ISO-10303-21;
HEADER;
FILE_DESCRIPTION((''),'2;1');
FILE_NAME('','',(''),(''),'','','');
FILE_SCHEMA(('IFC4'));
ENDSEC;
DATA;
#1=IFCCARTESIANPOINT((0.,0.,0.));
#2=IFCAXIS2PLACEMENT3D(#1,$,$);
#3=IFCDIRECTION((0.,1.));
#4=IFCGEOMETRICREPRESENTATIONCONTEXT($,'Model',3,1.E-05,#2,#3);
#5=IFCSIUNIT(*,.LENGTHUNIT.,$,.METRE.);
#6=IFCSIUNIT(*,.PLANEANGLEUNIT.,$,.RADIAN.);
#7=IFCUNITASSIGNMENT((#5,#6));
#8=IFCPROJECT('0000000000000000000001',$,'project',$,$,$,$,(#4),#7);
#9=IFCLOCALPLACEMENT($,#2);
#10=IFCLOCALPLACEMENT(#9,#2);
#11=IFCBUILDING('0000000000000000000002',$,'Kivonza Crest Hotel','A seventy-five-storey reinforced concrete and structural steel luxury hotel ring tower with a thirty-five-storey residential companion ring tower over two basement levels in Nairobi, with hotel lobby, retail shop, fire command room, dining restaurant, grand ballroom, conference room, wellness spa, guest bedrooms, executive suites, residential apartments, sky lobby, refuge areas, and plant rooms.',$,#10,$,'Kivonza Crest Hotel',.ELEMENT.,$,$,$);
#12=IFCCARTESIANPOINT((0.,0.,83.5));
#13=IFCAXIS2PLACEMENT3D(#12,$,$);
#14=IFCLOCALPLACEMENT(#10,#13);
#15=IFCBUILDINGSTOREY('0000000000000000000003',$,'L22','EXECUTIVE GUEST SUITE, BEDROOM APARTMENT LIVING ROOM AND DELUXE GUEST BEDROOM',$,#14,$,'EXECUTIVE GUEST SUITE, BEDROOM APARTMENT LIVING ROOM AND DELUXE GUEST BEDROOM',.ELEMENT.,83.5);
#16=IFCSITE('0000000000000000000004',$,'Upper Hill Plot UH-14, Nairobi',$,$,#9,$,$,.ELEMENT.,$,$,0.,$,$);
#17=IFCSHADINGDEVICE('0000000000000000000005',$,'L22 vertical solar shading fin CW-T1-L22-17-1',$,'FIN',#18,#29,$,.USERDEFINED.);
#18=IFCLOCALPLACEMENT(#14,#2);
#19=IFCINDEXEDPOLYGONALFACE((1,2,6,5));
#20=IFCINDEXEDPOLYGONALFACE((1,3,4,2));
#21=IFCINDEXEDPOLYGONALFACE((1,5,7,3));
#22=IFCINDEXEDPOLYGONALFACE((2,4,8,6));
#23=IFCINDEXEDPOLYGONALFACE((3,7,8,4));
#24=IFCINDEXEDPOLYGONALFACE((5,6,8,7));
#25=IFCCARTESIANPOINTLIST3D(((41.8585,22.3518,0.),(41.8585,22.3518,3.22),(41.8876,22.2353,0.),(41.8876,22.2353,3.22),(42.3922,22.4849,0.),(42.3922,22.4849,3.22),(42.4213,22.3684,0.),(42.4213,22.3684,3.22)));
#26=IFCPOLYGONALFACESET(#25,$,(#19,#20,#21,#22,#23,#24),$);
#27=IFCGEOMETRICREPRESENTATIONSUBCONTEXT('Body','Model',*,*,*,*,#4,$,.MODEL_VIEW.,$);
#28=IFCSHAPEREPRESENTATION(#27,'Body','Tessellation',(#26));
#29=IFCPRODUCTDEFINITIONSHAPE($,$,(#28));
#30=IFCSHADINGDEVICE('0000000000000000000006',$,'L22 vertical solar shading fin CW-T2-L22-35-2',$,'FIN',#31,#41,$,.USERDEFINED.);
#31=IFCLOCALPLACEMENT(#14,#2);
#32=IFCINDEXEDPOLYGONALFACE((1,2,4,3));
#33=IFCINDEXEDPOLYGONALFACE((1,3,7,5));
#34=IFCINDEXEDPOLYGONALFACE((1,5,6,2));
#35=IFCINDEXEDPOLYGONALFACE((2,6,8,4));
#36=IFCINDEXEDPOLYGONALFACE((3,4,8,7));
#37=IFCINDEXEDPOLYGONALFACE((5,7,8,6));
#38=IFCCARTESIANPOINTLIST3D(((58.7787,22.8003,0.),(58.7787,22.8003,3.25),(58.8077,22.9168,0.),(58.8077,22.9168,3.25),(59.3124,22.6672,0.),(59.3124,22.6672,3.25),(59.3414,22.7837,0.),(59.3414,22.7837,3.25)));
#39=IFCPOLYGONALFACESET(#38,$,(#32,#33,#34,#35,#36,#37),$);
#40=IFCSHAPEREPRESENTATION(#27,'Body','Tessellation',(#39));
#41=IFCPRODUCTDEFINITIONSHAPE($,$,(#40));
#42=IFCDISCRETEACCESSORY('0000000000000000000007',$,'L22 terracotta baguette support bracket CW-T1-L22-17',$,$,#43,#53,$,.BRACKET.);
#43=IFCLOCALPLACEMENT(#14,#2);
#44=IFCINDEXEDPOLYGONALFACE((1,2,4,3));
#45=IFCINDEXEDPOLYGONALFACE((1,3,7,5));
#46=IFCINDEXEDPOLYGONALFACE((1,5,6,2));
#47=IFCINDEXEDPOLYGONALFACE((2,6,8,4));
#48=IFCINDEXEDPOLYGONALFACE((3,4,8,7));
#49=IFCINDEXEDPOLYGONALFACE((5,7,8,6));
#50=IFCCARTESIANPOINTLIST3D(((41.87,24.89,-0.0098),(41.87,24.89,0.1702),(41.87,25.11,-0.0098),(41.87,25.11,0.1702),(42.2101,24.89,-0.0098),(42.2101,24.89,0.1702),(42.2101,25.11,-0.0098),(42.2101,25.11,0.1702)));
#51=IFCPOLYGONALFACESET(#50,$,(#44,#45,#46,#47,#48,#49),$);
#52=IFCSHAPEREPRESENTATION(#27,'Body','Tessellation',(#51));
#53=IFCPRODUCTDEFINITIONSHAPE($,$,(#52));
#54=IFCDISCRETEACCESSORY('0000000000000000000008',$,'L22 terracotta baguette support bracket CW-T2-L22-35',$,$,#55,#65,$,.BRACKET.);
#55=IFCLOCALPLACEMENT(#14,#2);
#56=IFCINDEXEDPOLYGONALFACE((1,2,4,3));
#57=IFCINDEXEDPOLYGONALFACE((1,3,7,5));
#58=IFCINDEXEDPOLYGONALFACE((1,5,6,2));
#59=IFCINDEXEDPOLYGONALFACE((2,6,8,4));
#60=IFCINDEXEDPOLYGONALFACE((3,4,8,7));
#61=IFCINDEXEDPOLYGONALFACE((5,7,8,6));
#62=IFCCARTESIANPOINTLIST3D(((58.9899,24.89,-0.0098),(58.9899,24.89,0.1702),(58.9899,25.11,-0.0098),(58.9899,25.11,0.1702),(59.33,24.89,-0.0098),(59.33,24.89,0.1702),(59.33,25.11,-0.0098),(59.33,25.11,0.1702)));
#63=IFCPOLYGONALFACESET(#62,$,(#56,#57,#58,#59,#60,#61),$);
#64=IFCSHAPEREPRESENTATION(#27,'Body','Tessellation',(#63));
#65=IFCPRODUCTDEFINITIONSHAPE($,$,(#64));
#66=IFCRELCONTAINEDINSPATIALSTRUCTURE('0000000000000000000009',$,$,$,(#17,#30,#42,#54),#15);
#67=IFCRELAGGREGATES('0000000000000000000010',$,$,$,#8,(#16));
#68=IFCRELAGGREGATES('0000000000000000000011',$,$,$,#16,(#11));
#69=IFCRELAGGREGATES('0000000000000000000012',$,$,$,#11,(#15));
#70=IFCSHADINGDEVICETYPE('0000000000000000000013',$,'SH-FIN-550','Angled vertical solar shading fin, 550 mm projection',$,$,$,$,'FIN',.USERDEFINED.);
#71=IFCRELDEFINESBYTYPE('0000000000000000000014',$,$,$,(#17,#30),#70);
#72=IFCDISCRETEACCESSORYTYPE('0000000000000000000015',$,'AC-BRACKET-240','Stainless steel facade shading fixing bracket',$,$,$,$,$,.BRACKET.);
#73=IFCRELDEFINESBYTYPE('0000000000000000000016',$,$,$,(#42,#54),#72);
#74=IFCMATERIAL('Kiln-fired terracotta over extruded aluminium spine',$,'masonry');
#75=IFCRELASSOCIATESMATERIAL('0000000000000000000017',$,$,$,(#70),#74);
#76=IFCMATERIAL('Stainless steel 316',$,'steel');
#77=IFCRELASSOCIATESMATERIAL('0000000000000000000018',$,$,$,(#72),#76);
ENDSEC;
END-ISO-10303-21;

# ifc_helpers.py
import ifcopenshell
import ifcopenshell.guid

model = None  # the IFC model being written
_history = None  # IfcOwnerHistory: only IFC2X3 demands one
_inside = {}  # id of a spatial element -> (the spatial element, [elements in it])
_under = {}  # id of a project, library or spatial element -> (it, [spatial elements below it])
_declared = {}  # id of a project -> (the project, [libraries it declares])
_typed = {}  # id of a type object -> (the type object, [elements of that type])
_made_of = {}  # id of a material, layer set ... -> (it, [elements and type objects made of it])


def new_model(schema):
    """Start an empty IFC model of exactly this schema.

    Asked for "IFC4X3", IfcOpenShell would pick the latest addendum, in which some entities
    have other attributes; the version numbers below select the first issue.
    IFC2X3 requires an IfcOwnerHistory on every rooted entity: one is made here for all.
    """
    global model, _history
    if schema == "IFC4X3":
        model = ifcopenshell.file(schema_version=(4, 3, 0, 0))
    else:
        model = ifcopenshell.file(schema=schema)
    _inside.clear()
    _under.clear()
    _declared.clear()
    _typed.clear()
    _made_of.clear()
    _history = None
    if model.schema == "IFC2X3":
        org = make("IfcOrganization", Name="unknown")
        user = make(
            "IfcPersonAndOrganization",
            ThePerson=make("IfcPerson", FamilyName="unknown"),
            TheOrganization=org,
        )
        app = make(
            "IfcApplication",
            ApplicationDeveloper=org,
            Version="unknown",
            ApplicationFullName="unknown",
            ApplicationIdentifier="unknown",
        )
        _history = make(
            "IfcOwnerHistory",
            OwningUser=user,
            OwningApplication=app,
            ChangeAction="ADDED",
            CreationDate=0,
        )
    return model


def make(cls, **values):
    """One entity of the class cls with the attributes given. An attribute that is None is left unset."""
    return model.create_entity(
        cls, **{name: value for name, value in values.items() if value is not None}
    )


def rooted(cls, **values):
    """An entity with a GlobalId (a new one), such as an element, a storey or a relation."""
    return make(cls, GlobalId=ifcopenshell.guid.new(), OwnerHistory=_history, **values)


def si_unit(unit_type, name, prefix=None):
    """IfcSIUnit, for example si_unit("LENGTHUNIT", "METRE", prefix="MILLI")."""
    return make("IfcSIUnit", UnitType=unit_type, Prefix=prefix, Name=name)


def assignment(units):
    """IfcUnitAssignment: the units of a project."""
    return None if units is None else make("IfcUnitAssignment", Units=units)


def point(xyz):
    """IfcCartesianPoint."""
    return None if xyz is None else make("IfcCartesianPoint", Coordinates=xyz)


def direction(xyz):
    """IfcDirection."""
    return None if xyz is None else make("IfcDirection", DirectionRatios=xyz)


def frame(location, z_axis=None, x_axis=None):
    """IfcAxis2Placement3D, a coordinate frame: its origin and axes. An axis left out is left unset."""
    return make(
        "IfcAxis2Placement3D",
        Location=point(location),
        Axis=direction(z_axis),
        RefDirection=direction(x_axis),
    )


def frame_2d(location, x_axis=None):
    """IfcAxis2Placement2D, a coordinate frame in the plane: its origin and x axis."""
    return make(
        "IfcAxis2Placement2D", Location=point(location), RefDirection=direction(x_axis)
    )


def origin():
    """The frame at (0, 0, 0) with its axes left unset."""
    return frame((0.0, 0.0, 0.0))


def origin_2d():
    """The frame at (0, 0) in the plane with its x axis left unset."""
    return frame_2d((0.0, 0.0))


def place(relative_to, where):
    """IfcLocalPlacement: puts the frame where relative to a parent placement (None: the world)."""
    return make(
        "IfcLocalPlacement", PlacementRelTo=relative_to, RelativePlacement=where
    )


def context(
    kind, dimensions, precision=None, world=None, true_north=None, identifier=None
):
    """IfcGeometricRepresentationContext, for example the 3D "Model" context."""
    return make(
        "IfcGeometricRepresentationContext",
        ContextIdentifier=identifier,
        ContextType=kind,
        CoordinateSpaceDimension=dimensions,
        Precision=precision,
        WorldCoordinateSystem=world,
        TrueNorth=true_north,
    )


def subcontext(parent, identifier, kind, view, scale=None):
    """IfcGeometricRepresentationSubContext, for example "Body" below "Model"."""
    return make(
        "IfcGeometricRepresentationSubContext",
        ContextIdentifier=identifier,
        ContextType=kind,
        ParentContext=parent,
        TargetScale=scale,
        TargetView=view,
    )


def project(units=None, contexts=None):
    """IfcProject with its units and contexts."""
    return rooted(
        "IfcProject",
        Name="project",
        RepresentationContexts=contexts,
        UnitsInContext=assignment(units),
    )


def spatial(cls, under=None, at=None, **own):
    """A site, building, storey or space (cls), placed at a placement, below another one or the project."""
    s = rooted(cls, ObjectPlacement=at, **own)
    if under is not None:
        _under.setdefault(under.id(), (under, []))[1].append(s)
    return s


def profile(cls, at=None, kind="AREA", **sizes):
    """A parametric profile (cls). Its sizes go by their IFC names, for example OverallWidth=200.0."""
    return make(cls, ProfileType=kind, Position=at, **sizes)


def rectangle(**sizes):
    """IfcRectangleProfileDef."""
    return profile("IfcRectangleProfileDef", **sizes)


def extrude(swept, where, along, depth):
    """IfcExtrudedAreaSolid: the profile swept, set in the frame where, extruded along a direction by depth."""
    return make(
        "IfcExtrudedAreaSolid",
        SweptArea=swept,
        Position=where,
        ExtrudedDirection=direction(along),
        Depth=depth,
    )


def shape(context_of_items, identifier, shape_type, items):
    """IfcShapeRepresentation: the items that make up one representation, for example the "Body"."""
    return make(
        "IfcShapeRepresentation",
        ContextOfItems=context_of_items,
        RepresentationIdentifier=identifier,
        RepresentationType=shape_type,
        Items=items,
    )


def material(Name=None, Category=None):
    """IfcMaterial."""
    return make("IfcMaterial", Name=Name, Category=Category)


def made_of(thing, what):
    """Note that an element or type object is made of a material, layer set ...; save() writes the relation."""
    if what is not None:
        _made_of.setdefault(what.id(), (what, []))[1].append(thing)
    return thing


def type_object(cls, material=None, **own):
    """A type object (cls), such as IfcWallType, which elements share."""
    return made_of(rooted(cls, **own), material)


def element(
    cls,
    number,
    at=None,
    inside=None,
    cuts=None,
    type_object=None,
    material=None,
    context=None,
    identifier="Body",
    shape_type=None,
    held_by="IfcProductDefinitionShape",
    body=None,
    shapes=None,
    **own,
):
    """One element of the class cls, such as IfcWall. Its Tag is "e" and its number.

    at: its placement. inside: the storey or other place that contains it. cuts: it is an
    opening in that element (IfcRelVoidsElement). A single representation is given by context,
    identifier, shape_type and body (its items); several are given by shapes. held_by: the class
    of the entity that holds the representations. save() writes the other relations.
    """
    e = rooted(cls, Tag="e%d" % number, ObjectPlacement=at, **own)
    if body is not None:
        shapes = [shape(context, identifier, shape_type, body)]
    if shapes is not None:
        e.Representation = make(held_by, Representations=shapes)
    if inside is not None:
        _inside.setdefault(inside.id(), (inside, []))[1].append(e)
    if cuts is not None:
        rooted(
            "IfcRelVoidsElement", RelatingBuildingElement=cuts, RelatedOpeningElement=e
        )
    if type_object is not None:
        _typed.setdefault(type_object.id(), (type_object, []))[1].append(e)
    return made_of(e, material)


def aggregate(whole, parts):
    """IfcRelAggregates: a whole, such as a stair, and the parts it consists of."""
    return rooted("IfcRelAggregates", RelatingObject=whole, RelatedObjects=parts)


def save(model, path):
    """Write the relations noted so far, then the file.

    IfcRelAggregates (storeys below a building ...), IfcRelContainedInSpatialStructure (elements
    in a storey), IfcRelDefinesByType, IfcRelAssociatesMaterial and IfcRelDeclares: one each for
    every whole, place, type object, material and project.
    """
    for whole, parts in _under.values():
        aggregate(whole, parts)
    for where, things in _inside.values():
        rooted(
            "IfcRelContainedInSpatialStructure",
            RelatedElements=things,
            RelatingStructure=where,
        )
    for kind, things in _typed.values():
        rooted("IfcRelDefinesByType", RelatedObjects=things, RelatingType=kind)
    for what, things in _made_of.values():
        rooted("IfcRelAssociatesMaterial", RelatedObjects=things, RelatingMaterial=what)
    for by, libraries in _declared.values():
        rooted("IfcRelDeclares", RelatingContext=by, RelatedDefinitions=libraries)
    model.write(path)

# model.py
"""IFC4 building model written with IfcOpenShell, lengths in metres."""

from ifc_helpers import new_model, si_unit, direction, frame, origin, origin_2d, place, context, subcontext, project, spatial, rectangle, extrude, material, type_object, element, save


model = new_model("IFC4")

# Units and contexts
model_context = context("Model", 3, precision=1e-05, world=origin(), true_north=direction((0.0, 1.0)))
body_context = subcontext(model_context, "Body", "Model", "MODEL_VIEW")
ifc_project = project(units=[si_unit("LENGTHUNIT", "METRE"), si_unit("PLANEANGLEUNIT", "RADIAN")], contexts=[model_context])

# Site, building, storey
site_placement = place(None, origin())
site = spatial("IfcSite", under=ifc_project, at=site_placement, Name="Upper Hill Plot UH-14, Nairobi", CompositionType="ELEMENT", RefElevation=0.0)
building_placement = place(site_placement, origin())
building = spatial("IfcBuilding", under=site, at=building_placement, Name="Kivonza Crest Hotel", Description="A seventy-five-storey reinforced concrete and structural steel luxury hotel ring tower with a thirty-five-storey residential companion ring tower over two basement levels in Nairobi, with hotel lobby, retail shop, fire command room, dining restaurant, grand ballroom, conference room, wellness spa, guest bedrooms, executive suites, residential apartments, sky lobby, refuge areas, and plant rooms.", LongName="Kivonza Crest Hotel", CompositionType="ELEMENT")
storey_placement = place(building_placement, frame((0.0, 0.0, 83.5)))
storey = spatial("IfcBuildingStorey", under=building, at=storey_placement, Name="L22", Description="EXECUTIVE GUEST SUITE, BEDROOM APARTMENT LIVING ROOM AND DELUXE GUEST BEDROOM", LongName="EXECUTIVE GUEST SUITE, BEDROOM APARTMENT LIVING ROOM AND DELUXE GUEST BEDROOM", CompositionType="ELEMENT", Elevation=83.5)

# Shading devices
ifc_material_1 = material(Name="Kiln-fired terracotta over extruded aluminium spine", Category="masonry")
shading_device_type_1 = type_object("IfcShadingDeviceType", Name="SH-FIN-550", Description="Angled vertical solar shading fin, 550 mm projection", ElementType="FIN", PredefinedType="USERDEFINED", material=ifc_material_1)
shading_device_1_placement = place(storey_placement, frame((42.1399, 22.3601, 0.0), z_axis=(0.0, 0.0, 1.0), x_axis=(-0.241922, 0.970296, 0.0)))
element("IfcShadingDevice", 1, at=shading_device_1_placement, inside=storey, type_object=shading_device_type_1, Name="L22 vertical solar shading fin CW-T1-L22-17-1", ObjectType="FIN", PredefinedType="USERDEFINED", context=body_context, shape_type="SweptSolid", body=[
    extrude(rectangle(XDim=0.1201, YDim=0.55, at=origin_2d()), origin(), (0.0, 0.0, 1.0), 3.22),
])
shading_device_2_placement = place(storey_placement, frame((59.0601, 22.792, 0.0), z_axis=(0.0, 0.0, 1.0), x_axis=(-0.241922, -0.970296, 0.0)))
element("IfcShadingDevice", 2, at=shading_device_2_placement, inside=storey, type_object=shading_device_type_1, Name="L22 vertical solar shading fin CW-T2-L22-35-2", ObjectType="FIN", PredefinedType="USERDEFINED", context=body_context, shape_type="SweptSolid", body=[
    extrude(rectangle(XDim=0.1201, YDim=0.55, at=origin_2d()), origin(), (0.0, 0.0, 1.0), 3.25),
])

# Discrete accessories
ifc_material_2 = material(Name="Stainless steel 316", Category="steel")
discrete_accessory_type = type_object("IfcDiscreteAccessoryType", Name="AC-BRACKET-240", Description="Stainless steel facade shading fixing bracket", PredefinedType="BRACKET", material=ifc_material_2)
for number, where, z_axis, x_axis, name in (
    (3, (42.04, 25.0, -0.0098), (0.0, 0.0, 1.0), (0.0, 1.0, 0.0), "L22 terracotta baguette support bracket CW-T1-L22-17"),
    (4, (59.1599, 25.0, -0.0098), (0.0, 0.0, 1.0), (0.0, -1.0, 0.0), "L22 terracotta baguette support bracket CW-T2-L22-35"),
):
    element("IfcDiscreteAccessory", number, at=place(storey_placement, frame(where, z_axis=z_axis, x_axis=x_axis)), inside=storey, type_object=discrete_accessory_type, Name=name, PredefinedType="BRACKET", context=body_context, shape_type="SweptSolid", body=[
        extrude(rectangle(XDim=0.22, YDim=0.3401, at=origin_2d()), origin(), (0.0, 0.0, 1.0), 0.1799),
    ])

save(model, "model.ifc")
